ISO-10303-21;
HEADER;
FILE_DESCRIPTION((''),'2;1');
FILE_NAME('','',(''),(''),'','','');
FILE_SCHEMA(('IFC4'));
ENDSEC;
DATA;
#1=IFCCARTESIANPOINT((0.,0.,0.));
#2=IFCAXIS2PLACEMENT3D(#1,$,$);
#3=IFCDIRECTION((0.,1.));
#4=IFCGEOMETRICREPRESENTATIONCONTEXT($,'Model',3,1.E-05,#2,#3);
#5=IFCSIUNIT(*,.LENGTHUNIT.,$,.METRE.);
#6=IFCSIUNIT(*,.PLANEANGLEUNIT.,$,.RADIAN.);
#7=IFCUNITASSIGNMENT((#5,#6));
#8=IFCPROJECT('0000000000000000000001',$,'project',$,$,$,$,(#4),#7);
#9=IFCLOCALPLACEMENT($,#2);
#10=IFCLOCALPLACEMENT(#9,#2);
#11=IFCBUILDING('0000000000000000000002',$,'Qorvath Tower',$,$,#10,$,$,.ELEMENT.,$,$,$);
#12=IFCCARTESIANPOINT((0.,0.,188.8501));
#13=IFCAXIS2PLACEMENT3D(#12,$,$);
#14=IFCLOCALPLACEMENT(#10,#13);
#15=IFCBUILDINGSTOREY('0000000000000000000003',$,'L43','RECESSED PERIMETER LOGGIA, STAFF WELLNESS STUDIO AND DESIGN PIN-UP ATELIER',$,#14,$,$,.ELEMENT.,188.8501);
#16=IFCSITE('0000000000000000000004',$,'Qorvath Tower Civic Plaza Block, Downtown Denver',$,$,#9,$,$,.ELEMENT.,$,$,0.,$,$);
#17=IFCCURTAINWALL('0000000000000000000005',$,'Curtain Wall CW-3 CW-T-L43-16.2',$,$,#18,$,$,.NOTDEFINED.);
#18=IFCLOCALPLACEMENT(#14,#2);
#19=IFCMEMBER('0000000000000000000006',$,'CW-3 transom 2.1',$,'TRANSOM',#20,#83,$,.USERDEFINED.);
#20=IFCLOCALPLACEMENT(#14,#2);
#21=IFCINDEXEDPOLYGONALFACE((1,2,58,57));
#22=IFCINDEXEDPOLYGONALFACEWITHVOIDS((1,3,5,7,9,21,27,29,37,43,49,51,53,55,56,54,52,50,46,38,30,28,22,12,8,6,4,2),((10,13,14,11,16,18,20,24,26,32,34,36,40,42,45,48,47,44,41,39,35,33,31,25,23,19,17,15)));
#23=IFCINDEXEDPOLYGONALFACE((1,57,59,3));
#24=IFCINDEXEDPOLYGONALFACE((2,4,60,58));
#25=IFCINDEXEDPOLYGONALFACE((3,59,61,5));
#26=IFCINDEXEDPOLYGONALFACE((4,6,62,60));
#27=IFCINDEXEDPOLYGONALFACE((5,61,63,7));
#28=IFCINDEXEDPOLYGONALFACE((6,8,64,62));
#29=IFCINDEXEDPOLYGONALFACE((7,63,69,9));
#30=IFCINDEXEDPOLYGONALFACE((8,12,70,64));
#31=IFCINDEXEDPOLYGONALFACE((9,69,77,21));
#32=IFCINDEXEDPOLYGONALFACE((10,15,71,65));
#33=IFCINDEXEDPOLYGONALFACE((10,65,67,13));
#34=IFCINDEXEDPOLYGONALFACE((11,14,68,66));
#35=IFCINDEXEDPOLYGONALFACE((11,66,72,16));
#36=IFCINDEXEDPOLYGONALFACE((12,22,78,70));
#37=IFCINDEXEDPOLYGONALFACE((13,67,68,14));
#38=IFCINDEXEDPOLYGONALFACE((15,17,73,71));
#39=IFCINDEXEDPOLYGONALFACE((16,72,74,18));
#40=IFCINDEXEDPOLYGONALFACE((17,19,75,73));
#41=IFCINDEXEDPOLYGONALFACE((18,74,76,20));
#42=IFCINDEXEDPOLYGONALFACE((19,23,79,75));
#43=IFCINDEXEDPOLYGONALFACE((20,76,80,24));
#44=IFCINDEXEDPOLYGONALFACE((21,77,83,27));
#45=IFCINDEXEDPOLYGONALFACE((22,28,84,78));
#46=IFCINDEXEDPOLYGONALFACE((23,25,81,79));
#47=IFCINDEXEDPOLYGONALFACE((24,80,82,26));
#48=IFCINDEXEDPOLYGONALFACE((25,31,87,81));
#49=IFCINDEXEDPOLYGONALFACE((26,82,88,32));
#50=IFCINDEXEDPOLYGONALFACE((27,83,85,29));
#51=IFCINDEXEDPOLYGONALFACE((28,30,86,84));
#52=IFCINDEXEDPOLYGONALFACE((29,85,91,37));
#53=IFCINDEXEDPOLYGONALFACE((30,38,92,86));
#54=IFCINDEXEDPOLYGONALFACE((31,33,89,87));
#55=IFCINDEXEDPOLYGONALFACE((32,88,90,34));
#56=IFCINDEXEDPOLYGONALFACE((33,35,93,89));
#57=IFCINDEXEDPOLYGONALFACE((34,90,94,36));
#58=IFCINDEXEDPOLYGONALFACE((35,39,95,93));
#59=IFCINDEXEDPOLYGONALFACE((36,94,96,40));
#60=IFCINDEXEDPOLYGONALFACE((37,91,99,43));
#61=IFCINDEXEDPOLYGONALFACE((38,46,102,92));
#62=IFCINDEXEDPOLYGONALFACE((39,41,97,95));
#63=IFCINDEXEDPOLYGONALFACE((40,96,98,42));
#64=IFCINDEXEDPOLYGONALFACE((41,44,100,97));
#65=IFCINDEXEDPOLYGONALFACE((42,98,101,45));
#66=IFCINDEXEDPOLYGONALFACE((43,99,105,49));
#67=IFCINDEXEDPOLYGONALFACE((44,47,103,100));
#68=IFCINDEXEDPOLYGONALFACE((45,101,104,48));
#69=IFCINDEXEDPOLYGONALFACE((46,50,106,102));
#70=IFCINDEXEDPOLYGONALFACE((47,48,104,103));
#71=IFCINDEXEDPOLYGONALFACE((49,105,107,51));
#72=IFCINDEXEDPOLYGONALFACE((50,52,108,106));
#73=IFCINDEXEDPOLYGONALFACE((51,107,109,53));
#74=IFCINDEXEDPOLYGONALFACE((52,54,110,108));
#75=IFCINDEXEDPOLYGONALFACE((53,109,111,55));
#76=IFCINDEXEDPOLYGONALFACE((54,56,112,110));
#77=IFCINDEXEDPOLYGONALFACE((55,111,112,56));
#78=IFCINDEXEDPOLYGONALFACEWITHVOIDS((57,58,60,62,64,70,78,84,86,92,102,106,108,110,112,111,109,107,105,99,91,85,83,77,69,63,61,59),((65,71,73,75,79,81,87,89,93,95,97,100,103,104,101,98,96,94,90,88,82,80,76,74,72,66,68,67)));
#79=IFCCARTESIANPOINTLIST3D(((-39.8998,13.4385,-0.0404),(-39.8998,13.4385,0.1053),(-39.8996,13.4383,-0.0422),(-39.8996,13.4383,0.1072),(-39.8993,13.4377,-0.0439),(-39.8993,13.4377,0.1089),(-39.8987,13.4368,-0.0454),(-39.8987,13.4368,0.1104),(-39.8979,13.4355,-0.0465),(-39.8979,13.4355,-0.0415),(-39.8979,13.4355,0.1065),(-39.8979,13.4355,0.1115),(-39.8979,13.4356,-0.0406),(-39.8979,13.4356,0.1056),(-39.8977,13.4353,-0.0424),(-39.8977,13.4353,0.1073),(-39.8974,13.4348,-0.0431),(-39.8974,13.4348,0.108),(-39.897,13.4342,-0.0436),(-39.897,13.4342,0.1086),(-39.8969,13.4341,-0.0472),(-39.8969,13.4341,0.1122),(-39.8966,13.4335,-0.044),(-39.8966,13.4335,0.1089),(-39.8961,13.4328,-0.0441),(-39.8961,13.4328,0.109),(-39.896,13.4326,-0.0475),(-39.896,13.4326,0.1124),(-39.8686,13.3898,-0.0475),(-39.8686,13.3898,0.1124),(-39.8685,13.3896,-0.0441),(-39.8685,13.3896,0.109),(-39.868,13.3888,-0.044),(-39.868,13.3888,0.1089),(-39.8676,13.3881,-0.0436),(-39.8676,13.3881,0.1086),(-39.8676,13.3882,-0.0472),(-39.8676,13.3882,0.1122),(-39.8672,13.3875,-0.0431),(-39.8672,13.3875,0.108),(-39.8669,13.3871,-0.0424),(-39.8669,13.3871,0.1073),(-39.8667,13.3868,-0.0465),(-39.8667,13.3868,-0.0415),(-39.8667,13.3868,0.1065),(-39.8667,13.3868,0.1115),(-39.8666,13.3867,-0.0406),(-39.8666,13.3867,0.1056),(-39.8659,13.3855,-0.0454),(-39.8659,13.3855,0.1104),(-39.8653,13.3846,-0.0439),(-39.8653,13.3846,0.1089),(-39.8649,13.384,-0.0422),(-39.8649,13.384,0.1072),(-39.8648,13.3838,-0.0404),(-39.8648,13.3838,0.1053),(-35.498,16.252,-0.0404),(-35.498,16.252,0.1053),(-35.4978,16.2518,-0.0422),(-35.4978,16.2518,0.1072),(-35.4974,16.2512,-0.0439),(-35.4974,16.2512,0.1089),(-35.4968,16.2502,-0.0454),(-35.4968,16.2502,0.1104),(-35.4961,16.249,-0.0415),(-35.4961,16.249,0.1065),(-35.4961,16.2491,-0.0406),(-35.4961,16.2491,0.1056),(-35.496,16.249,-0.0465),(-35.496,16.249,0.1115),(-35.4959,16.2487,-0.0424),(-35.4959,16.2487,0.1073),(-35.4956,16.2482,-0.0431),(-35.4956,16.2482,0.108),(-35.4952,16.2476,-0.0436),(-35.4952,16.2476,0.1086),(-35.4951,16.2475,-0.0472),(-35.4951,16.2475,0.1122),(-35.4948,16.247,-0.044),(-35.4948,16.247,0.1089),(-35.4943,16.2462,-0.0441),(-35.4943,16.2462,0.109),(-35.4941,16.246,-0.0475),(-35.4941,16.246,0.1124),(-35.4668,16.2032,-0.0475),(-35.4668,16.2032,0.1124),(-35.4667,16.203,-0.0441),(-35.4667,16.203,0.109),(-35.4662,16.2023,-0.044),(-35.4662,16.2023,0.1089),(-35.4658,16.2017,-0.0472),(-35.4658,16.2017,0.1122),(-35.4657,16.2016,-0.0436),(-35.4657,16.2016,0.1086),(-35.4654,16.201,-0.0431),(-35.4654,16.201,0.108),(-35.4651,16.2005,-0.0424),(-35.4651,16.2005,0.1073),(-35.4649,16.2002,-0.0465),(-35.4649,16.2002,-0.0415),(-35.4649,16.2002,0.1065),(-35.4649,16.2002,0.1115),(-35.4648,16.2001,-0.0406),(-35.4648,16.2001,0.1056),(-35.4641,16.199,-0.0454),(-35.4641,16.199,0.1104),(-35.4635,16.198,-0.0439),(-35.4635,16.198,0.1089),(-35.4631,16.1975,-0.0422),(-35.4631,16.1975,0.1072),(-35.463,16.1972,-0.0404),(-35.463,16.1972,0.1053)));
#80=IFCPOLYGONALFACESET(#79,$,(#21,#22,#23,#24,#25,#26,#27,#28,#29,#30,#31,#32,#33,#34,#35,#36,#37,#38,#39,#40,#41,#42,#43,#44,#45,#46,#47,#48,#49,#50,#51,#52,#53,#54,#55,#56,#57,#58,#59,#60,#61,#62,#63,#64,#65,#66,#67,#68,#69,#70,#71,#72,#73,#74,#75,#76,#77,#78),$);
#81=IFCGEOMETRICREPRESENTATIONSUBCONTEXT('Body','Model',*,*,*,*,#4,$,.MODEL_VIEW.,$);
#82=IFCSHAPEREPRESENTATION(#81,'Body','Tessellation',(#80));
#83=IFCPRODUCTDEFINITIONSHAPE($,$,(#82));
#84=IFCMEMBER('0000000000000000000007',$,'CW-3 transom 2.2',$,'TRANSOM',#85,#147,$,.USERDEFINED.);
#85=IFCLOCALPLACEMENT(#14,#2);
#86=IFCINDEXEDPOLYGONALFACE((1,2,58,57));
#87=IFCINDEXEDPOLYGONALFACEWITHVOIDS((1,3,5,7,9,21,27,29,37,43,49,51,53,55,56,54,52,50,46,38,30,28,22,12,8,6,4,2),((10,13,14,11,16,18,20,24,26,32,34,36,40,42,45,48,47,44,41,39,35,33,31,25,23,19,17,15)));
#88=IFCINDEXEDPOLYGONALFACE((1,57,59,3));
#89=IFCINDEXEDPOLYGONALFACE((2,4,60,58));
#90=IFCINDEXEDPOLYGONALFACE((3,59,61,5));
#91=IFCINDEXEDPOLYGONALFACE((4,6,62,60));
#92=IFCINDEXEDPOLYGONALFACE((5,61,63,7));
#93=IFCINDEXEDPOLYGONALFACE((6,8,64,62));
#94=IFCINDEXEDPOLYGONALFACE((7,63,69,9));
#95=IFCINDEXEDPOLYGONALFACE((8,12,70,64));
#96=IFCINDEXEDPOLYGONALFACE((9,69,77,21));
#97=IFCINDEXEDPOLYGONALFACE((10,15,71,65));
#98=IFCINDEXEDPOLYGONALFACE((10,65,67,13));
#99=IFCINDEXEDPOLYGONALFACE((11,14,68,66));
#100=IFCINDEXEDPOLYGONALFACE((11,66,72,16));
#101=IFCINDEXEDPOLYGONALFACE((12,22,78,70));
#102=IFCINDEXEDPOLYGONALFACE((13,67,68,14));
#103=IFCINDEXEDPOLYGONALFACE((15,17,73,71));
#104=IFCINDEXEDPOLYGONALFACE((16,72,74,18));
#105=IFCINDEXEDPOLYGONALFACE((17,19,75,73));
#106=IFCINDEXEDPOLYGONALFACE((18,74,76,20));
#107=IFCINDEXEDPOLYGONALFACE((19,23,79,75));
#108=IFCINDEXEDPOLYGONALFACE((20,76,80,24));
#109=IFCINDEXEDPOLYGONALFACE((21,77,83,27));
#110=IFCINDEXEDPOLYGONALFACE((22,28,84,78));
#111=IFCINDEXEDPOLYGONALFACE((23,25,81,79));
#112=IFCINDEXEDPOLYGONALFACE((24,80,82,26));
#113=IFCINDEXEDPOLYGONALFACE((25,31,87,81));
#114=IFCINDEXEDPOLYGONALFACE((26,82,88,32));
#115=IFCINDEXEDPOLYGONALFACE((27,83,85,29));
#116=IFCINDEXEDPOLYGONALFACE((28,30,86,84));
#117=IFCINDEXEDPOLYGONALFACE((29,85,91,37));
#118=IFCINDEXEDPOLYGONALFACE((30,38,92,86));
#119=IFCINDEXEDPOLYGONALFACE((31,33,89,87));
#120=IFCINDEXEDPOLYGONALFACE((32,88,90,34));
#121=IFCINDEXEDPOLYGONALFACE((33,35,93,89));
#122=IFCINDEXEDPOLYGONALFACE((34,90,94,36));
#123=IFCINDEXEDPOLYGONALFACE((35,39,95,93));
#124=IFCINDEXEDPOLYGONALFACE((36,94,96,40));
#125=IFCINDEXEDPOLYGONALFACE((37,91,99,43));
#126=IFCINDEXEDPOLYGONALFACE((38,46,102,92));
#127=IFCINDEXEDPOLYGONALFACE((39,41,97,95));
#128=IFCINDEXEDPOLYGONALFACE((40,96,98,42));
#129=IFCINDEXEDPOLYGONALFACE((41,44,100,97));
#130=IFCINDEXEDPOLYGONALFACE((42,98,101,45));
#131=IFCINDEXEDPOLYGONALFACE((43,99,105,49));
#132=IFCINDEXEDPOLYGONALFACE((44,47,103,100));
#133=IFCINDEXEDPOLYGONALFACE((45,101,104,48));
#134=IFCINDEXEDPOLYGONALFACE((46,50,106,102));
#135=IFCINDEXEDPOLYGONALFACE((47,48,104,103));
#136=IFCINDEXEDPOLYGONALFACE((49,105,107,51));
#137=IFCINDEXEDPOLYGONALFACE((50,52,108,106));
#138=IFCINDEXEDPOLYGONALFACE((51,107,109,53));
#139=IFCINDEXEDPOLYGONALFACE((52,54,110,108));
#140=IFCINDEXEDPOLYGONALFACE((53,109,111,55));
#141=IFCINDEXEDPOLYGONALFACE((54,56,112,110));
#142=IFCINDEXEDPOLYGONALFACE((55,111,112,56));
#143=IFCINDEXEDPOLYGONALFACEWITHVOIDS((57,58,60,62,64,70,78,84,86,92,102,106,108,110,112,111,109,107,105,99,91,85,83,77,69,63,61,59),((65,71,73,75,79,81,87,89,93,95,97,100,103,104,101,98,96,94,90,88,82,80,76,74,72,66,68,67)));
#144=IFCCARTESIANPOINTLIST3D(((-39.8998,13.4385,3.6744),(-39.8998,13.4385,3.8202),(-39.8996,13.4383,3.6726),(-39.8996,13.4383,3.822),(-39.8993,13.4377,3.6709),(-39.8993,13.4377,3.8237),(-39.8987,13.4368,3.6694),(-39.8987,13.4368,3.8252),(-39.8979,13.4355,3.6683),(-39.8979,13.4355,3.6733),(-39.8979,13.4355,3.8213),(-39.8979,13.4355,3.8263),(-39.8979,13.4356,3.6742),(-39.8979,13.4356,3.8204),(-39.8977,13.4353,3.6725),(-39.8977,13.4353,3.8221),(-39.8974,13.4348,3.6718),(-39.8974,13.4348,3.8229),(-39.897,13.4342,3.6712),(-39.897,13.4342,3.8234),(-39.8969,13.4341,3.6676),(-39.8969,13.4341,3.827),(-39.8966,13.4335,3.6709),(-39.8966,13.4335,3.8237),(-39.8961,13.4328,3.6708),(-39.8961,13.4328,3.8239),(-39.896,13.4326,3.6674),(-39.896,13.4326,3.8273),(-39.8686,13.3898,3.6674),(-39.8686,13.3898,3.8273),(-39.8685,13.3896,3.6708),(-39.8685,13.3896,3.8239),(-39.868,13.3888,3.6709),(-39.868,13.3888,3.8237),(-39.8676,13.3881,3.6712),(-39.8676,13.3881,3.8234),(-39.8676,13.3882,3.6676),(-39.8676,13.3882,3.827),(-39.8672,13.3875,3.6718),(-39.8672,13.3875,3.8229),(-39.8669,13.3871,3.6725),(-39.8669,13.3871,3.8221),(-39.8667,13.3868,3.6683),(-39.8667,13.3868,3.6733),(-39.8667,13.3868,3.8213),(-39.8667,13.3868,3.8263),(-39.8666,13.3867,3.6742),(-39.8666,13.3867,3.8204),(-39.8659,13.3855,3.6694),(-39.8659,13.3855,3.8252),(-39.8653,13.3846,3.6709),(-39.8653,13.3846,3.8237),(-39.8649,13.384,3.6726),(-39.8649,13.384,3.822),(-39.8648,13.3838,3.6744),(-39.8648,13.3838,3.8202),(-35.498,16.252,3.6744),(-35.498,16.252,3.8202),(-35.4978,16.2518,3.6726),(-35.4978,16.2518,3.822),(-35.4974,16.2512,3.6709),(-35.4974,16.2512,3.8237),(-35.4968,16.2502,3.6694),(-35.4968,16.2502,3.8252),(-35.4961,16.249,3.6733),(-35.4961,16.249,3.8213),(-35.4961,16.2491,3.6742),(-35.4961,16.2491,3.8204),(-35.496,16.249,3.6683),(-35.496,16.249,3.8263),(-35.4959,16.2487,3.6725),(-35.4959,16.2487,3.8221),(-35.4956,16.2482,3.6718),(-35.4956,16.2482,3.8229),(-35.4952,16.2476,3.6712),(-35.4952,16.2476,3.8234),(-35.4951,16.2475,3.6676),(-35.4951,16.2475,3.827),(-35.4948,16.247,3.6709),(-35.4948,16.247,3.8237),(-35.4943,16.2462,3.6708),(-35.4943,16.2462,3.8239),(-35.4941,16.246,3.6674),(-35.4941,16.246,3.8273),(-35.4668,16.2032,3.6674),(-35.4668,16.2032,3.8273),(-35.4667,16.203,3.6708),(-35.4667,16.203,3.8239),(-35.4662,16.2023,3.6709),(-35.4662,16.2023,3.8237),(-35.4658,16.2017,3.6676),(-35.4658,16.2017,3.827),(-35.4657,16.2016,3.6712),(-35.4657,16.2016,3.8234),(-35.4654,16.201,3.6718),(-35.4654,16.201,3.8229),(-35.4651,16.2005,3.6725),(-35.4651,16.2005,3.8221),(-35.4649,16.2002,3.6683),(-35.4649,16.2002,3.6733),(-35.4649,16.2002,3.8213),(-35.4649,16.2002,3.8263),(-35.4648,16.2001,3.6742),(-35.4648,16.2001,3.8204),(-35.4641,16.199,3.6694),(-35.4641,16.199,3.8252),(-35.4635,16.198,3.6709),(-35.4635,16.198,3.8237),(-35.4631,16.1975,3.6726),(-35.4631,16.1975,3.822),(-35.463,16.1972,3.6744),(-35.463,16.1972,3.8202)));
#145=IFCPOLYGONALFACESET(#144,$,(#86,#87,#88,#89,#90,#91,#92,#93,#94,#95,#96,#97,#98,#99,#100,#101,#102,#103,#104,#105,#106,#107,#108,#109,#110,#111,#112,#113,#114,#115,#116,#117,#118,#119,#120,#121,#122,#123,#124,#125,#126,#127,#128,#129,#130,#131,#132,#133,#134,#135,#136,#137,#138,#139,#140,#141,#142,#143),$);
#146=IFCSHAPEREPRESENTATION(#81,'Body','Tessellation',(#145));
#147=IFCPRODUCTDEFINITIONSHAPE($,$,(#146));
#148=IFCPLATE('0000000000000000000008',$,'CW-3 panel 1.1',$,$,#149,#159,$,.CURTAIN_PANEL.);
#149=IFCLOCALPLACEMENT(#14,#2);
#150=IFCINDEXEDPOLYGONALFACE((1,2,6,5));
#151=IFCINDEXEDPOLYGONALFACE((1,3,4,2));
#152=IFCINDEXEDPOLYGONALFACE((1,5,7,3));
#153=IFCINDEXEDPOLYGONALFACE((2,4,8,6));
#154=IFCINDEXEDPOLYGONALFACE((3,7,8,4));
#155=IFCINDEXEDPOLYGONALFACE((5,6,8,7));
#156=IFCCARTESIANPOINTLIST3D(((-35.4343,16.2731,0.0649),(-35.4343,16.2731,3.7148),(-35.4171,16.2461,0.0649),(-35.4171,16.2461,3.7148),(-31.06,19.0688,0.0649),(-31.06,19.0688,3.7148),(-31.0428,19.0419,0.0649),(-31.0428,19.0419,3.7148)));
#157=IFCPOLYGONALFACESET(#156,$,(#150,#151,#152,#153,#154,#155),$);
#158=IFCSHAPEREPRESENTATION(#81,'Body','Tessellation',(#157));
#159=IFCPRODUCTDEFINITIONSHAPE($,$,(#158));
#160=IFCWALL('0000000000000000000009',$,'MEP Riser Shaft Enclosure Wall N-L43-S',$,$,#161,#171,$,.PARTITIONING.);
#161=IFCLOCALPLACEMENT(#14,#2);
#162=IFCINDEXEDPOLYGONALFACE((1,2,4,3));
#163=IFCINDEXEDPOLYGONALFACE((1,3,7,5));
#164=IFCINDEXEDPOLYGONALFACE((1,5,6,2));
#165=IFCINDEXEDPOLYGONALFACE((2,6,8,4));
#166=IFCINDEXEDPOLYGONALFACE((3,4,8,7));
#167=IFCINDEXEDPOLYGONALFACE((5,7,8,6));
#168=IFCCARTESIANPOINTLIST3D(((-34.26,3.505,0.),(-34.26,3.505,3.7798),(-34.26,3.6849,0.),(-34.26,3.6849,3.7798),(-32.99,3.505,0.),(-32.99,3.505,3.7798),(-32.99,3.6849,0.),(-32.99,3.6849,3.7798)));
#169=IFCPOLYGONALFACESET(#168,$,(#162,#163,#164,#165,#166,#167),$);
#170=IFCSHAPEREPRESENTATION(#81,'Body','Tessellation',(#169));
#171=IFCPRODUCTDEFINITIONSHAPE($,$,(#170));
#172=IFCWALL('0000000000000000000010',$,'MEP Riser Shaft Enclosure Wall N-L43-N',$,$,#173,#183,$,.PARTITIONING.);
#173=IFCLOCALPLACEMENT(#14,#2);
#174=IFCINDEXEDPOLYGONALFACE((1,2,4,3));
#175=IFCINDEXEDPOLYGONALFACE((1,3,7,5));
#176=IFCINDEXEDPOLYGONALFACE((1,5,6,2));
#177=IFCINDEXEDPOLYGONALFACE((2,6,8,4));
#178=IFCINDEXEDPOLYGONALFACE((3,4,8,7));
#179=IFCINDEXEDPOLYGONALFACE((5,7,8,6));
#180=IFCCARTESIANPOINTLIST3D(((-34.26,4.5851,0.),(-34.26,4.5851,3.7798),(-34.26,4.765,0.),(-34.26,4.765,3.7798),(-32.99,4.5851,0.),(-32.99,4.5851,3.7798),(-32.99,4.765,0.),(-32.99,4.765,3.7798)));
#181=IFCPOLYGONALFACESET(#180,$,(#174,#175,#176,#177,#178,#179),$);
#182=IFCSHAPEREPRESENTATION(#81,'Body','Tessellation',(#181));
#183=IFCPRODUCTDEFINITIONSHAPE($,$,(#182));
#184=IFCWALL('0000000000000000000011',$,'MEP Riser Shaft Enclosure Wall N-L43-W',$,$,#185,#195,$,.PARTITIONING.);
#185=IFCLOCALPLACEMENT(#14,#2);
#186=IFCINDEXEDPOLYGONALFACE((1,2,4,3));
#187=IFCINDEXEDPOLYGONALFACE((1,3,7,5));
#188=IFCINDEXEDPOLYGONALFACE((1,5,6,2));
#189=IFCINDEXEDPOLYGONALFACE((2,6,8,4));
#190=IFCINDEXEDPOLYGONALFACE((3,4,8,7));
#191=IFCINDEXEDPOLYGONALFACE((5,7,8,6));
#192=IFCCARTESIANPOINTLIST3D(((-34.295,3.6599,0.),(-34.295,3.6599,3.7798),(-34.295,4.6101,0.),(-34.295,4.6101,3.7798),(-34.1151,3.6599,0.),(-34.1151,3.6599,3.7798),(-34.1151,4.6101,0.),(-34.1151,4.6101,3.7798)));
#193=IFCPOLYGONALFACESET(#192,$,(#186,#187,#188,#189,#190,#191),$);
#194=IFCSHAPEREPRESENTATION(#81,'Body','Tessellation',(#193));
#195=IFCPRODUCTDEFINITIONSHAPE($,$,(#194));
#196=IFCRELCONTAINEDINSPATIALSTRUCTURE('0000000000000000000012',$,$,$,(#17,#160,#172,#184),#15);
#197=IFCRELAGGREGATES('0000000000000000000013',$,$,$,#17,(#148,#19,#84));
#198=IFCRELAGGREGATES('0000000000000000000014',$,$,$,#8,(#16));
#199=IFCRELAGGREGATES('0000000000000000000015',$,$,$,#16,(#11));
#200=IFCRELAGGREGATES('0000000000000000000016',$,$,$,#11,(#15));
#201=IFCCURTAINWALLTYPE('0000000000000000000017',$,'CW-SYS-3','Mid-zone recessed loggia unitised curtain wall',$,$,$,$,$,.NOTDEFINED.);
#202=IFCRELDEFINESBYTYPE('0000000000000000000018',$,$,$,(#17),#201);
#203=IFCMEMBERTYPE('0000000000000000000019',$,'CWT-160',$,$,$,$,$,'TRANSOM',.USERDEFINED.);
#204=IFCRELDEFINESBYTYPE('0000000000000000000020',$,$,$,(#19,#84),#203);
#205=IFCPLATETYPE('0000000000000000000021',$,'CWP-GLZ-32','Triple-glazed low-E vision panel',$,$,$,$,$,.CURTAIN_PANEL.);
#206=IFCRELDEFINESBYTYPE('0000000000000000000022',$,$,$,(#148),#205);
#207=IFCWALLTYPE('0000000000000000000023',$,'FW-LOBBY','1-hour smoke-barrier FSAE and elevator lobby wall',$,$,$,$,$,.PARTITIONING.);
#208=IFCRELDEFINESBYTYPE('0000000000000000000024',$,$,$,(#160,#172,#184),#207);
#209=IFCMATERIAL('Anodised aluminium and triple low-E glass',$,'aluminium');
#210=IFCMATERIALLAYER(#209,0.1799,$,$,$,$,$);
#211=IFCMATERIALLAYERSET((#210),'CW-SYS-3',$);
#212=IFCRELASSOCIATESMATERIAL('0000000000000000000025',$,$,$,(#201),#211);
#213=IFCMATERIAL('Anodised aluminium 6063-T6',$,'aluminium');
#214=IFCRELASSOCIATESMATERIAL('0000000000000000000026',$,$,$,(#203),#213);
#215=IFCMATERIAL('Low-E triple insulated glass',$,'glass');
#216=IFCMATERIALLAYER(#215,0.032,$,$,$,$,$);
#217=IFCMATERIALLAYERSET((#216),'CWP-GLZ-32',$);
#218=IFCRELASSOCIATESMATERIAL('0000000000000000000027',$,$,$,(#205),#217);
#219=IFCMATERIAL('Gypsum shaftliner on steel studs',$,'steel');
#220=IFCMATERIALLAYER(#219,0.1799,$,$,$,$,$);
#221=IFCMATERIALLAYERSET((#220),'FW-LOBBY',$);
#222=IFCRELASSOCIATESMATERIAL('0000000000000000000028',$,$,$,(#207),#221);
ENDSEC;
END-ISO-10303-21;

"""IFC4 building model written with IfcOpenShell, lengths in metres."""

from ifc_helpers import new_model, si_unit, direction, frame, frame_2d, origin, origin_2d, place, context, subcontext, project, spatial, rectangle, hollow_rectangle, extrude, material, layer, layer_set, material_profile, profile_set, type_object, element, aggregate, save


model = new_model("IFC4")

# Units and contexts
model_context = context("Model", 3, precision=1e-05, world=origin(), true_north=direction((0.0, 1.0)))
body_context = subcontext(model_context, "Body", "Model", "MODEL_VIEW")
ifc_project = project(units=[si_unit("LENGTHUNIT", "METRE"), si_unit("PLANEANGLEUNIT", "RADIAN")], contexts=[model_context])

# Site, building, storey
site_placement = place(None, origin())
site = spatial("IfcSite", under=ifc_project, at=site_placement, Name="Qorvath Tower Civic Plaza Block, Downtown Denver", CompositionType="ELEMENT", RefElevation=0.0)
building_placement = place(site_placement, origin())
building = spatial("IfcBuilding", under=site, at=building_placement, Name="Qorvath Tower", CompositionType="ELEMENT")
storey_placement = place(building_placement, frame((0.0, 0.0, 188.8501)))
storey = spatial("IfcBuildingStorey", under=building, at=storey_placement, Name="L43", Description="RECESSED PERIMETER LOGGIA, STAFF WELLNESS STUDIO AND DESIGN PIN-UP ATELIER", CompositionType="ELEMENT", Elevation=188.8501)

# Curtain wall, members, plate
ifc_material_1 = material(Name="Anodised aluminium and triple low-E glass", Category="aluminium")
ifc_layer_1 = layer(ifc_material_1, 0.1799)
ifc_layer_set_1 = layer_set([ifc_layer_1], Name="CW-SYS-3")
curtain_wall_type = type_object("IfcCurtainWallType", Name="CW-SYS-3", Description="Mid-zone recessed loggia unitised curtain wall", PredefinedType="NOTDEFINED", material=ifc_layer_set_1)
curtain_wall_placement = place(storey_placement, origin())
curtain_wall = element("IfcCurtainWall", 1, at=curtain_wall_placement, inside=storey, type_object=curtain_wall_type, Name="Curtain Wall CW-3 CW-T-L43-16.2", PredefinedType="NOTDEFINED")
ifc_material_2 = material(Name="Anodised aluminium 6063-T6", Category="aluminium")
ifc_material_profile_1 = material_profile(ifc_material_2, hollow_rectangle(XDim=0.0649, YDim=0.1599, WallThickness=0.0034, InnerFilletRadius=0.0034, OuterFilletRadius=0.0071, at=origin_2d()), Name="CWT 160x65")
ifc_profile_set_1 = profile_set([ifc_material_profile_1], Name="Anodised aluminium 6063-T6")
member_type_1 = type_object("IfcMemberType", Name="CWT-160", ElementType="TRANSOM", PredefinedType="USERDEFINED", material=ifc_profile_set_1)
member_1_placement = place(storey_placement, frame((-35.4805, 16.2246, 0.0325), z_axis=(-0.842594, -0.53855, 0.0), x_axis=(0.53855, -0.842594, 0.0)))
member_1 = element("IfcMember", 2, at=member_1_placement, type_object=member_type_1, Name="CW-3 transom 2.1", ObjectType="TRANSOM", PredefinedType="USERDEFINED", context=body_context, shape_type="SweptSolid", body=[
    extrude(hollow_rectangle(XDim=0.0649, YDim=0.1599, WallThickness=0.0034, InnerFilletRadius=0.0034, OuterFilletRadius=0.0071, at=origin_2d()), origin(), (0.0, 0.0, 1.0), 5.2241),
])
member_2_placement = place(storey_placement, frame((-35.4805, 16.2246, 3.7473), z_axis=(-0.842594, -0.53855, 0.0), x_axis=(0.53855, -0.842594, 0.0)))
member_2 = element("IfcMember", 3, at=member_2_placement, type_object=member_type_1, Name="CW-3 transom 2.2", ObjectType="TRANSOM", PredefinedType="USERDEFINED", context=body_context, shape_type="SweptSolid", body=[
    extrude(hollow_rectangle(XDim=0.0649, YDim=0.1599, WallThickness=0.0034, InnerFilletRadius=0.0034, OuterFilletRadius=0.0071, at=origin_2d()), origin(), (0.0, 0.0, 1.0), 5.2241),
])
ifc_material_3 = material(Name="Low-E triple insulated glass", Category="glass")
ifc_layer_2 = layer(ifc_material_3, 0.032)
ifc_layer_set_2 = layer_set([ifc_layer_2], Name="CWP-GLZ-32")
plate_type = type_object("IfcPlateType", Name="CWP-GLZ-32", Description="Triple-glazed low-E vision panel", PredefinedType="CURTAIN_PANEL", material=ifc_layer_set_2)
plate_placement = place(storey_placement, frame((-33.2385, 17.6575, 0.0649), z_axis=(0.0, 0.0, 1.0), x_axis=(-0.842604, -0.538533, 0.0)))
plate = element("IfcPlate", 4, at=plate_placement, type_object=plate_type, Name="CW-3 panel 1.1", PredefinedType="CURTAIN_PANEL", context=body_context, shape_type="SweptSolid", body=[
    extrude(rectangle(XDim=5.1914, YDim=0.032, at=origin_2d()), origin(), (0.0, 0.0, 1.0), 3.6499),
])
aggregate(curtain_wall, [plate, member_1, member_2])

# Walls
ifc_material_4 = material(Name="Gypsum shaftliner on steel studs", Category="steel")
ifc_layer_3 = layer(ifc_material_4, 0.1799)
ifc_layer_set_3 = layer_set([ifc_layer_3], Name="FW-LOBBY")
wall_type_1 = type_object("IfcWallType", Name="FW-LOBBY", Description="1-hour smoke-barrier FSAE and elevator lobby wall", PredefinedType="PARTITIONING", material=ifc_layer_set_3)
for number, where, z_axis, x_axis, name in (
    (5, (-32.99, 3.595, 0.0), (0.0, 0.0, 1.0), (-1.0, 0.0, 0.0), "MEP Riser Shaft Enclosure Wall N-L43-S"),
    (6, (-34.26, 4.675, 0.0), (0.0, 0.0, 1.0), (1.0, 0.0, 0.0), "MEP Riser Shaft Enclosure Wall N-L43-N"),
):
    element("IfcWall", number, at=place(storey_placement, frame(where, z_axis=z_axis, x_axis=x_axis)), inside=storey, type_object=wall_type_1, Name=name, PredefinedType="PARTITIONING", context=body_context, shape_type="SweptSolid", body=[
        extrude(rectangle(XDim=1.27, YDim=0.1799, at=frame_2d((0.635, 0.0))), origin(), (0.0, 0.0, 1.0), 3.7798),
    ])
for number, where, z_axis, x_axis, name in (
    (7, (-34.2051, 3.6599, 0.0), (0.0, 0.0, 1.0), (0.0, 1.0, 0.0), "MEP Riser Shaft Enclosure Wall N-L43-W"),
):
    element("IfcWall", number, at=place(storey_placement, frame(where, z_axis=z_axis, x_axis=x_axis)), inside=storey, type_object=wall_type_1, Name=name, PredefinedType="PARTITIONING", context=body_context, shape_type="SweptSolid", body=[
        extrude(rectangle(XDim=0.9502, YDim=0.1799, at=frame_2d((0.4751, 0.0))), origin(), (0.0, 0.0, 1.0), 3.7798),
    ])

save(model, "model.ifc")
